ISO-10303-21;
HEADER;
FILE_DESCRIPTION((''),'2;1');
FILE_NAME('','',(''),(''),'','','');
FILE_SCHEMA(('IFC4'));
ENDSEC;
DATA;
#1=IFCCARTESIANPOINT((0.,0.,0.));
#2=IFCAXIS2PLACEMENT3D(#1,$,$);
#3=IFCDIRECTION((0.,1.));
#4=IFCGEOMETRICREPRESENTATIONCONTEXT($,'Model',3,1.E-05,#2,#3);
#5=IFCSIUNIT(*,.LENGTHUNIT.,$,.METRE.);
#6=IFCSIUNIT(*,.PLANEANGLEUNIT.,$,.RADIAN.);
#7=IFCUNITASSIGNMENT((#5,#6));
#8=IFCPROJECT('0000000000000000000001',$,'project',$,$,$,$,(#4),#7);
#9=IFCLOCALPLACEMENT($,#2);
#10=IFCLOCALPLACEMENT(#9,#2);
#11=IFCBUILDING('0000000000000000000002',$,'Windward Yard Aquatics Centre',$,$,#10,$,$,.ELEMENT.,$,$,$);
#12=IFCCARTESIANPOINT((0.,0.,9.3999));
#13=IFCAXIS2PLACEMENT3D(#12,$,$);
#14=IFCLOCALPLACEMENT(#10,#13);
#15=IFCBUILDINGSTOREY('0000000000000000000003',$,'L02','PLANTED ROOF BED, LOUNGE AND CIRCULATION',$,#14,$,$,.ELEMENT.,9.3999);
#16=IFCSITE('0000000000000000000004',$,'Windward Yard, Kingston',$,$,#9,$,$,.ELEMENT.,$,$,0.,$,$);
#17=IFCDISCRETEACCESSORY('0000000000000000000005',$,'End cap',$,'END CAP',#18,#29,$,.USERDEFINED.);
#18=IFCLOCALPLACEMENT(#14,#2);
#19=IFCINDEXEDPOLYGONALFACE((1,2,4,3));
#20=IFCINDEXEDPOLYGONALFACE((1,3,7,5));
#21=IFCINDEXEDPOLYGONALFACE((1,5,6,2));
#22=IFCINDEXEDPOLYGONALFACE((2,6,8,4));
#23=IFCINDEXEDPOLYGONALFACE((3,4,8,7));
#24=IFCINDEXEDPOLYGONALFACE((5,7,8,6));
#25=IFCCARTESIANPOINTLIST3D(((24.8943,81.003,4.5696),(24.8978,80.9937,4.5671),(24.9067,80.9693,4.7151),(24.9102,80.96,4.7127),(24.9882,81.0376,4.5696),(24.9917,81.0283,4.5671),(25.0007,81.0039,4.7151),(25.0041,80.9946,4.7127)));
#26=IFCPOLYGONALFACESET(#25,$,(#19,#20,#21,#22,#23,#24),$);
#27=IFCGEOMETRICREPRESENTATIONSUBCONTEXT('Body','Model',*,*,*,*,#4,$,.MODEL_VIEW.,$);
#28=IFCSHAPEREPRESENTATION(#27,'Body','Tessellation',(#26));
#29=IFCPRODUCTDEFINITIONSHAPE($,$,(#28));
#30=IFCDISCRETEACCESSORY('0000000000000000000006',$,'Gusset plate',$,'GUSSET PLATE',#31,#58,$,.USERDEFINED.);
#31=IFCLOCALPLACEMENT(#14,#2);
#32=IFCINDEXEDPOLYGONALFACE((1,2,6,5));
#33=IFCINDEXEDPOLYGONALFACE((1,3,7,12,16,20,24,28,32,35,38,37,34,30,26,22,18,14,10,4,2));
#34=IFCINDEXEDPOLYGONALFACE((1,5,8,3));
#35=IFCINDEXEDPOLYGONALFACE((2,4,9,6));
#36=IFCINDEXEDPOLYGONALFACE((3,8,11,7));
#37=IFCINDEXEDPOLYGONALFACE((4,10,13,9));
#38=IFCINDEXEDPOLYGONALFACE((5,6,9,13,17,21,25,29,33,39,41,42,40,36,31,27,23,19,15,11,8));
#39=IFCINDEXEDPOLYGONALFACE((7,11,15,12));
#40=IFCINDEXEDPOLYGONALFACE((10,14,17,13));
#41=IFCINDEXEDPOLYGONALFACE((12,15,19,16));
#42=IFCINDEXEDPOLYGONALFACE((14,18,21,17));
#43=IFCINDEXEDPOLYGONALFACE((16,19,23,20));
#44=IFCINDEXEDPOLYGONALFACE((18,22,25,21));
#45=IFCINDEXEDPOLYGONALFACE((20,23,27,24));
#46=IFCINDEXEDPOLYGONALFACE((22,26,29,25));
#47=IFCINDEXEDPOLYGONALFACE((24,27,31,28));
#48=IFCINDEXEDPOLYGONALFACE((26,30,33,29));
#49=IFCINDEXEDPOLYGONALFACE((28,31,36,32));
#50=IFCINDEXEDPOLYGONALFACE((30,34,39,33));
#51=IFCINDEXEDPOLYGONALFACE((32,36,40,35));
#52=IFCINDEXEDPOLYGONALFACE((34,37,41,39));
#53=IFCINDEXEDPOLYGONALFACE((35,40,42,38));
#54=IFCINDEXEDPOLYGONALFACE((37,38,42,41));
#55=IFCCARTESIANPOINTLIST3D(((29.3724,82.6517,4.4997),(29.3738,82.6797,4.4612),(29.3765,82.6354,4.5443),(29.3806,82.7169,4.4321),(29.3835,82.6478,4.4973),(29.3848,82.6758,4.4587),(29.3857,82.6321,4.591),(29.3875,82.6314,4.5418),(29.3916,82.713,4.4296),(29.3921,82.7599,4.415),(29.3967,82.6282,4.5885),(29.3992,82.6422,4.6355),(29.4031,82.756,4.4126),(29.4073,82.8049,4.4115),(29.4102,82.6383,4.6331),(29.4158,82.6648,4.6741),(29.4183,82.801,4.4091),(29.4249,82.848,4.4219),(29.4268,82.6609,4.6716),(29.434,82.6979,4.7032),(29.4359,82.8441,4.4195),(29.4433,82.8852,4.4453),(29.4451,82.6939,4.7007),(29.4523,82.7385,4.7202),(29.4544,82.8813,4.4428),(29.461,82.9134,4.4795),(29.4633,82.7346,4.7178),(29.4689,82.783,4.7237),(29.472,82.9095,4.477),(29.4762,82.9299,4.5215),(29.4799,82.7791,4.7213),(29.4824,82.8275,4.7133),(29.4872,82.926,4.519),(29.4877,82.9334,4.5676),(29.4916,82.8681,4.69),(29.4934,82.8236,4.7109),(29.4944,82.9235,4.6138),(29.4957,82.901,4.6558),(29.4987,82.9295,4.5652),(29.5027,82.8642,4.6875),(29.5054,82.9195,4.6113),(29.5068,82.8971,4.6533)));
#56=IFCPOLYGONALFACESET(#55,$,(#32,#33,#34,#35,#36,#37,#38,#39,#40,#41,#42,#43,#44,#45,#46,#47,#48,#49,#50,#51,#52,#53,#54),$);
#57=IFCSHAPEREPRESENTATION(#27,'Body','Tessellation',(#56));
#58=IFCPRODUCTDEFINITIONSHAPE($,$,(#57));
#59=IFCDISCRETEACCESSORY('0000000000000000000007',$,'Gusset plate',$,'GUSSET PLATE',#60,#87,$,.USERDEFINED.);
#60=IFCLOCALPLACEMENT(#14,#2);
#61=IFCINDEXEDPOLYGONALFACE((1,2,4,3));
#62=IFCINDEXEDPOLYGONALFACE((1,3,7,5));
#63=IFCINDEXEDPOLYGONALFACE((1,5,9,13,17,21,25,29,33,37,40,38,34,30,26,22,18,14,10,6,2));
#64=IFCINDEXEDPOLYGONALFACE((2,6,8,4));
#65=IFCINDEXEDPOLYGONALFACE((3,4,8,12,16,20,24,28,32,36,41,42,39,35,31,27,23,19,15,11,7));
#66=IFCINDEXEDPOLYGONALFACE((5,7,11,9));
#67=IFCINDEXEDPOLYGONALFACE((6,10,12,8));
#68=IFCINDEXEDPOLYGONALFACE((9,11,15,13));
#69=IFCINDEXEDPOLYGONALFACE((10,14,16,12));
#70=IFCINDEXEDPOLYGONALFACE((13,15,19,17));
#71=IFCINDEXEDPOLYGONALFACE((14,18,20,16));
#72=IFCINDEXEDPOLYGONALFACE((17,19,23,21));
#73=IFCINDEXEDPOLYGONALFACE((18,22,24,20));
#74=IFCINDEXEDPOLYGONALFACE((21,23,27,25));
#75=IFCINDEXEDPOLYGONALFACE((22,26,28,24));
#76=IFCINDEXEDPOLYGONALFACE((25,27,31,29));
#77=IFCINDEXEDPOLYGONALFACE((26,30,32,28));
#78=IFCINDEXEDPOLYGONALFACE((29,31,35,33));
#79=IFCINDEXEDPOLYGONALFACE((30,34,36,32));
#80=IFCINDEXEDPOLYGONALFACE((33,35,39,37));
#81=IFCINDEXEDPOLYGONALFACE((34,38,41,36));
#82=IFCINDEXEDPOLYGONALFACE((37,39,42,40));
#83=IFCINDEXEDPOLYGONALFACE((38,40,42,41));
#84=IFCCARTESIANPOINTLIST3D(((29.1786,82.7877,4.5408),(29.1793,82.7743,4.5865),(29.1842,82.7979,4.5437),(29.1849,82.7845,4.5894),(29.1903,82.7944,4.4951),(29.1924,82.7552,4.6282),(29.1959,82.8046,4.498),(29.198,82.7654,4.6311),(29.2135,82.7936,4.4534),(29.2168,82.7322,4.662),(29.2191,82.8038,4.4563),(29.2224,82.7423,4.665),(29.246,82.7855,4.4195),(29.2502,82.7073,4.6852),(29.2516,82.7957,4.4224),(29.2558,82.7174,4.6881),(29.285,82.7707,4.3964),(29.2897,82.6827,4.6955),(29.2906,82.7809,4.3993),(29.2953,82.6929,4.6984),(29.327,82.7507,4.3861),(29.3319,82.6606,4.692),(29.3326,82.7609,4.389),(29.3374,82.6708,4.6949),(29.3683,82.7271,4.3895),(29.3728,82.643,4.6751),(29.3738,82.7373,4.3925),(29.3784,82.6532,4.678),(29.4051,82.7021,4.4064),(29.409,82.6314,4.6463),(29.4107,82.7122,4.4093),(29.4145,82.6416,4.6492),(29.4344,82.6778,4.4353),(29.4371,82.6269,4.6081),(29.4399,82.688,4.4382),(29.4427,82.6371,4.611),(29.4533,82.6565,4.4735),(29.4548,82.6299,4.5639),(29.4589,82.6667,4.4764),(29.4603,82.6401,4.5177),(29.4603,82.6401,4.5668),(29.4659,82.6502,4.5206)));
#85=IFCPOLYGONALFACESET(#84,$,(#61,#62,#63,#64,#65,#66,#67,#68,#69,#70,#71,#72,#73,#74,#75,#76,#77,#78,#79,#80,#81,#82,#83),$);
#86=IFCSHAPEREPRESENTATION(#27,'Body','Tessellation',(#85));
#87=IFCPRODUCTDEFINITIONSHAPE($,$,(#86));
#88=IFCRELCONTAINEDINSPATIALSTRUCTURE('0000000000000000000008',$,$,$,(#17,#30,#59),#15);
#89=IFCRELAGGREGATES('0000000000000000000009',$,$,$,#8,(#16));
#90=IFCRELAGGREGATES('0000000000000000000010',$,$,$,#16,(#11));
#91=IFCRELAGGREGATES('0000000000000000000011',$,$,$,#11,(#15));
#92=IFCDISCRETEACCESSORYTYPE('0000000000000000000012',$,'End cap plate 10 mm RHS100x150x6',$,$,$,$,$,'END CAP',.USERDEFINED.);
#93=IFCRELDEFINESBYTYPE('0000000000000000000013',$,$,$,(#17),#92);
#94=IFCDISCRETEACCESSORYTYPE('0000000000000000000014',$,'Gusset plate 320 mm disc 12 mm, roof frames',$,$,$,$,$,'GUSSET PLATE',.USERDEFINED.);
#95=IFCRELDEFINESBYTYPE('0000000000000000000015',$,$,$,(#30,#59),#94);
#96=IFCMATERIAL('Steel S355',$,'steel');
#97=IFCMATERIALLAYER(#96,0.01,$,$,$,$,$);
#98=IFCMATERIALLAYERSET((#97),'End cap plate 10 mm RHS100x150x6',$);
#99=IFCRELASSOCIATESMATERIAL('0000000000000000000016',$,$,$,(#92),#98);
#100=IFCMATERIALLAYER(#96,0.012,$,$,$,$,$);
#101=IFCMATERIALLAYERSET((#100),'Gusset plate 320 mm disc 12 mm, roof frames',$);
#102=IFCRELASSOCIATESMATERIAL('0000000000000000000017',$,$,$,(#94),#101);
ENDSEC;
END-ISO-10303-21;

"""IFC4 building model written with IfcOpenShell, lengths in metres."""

from ifc_helpers import new_model, si_unit, direction, frame, origin, origin_2d, place, context, subcontext, project, spatial, rectangle, circle, extrude, material, layer, layer_set, type_object, element, save


model = new_model("IFC4")

# Units and contexts
model_context = context("Model", 3, precision=1e-05, world=origin(), true_north=direction((0.0, 1.0)))
body_context = subcontext(model_context, "Body", "Model", "MODEL_VIEW")
ifc_project = project(units=[si_unit("LENGTHUNIT", "METRE"), si_unit("PLANEANGLEUNIT", "RADIAN")], contexts=[model_context])

# Site, building, storey
site_placement = place(None, origin())
site = spatial("IfcSite", under=ifc_project, at=site_placement, Name="Windward Yard, Kingston", CompositionType="ELEMENT", RefElevation=0.0)
building_placement = place(site_placement, origin())
building = spatial("IfcBuilding", under=site, at=building_placement, Name="Windward Yard Aquatics Centre", CompositionType="ELEMENT")
storey_placement = place(building_placement, frame((0.0, 0.0, 9.3999)))
storey = spatial("IfcBuildingStorey", under=building, at=storey_placement, Name="L02", Description="PLANTED ROOF BED, LOUNGE AND CIRCULATION", CompositionType="ELEMENT", Elevation=9.3999)

# Shared definitions
ifc_material_1 = material(Name="Steel S355", Category="steel")

# Discrete accessories
ifc_layer_1 = layer(ifc_material_1, 0.01)
ifc_layer_set_1 = layer_set([ifc_layer_1], Name="End cap plate 10 mm RHS100x150x6")
discrete_accessory_type_1 = type_object("IfcDiscreteAccessoryType", Name="End cap plate 10 mm RHS100x150x6", ElementType="END CAP", PredefinedType="USERDEFINED", material=ifc_layer_set_1)
discrete_accessory_placement = place(storey_placement, frame((24.9509, 80.9941, 4.6399), z_axis=(-0.335624, 0.91098, 0.239732), x_axis=(-0.938343, -0.345705, 0.0)))
element("IfcDiscreteAccessory", 1, at=discrete_accessory_placement, inside=storey, type_object=discrete_accessory_type_1, Name="End cap", ObjectType="END CAP", PredefinedType="USERDEFINED", context=body_context, shape_type="SweptSolid", body=[
    extrude(rectangle(XDim=0.1001, YDim=0.1499, at=origin_2d()), origin(), (0.0, 0.0, 1.0), 0.0103),
])
ifc_layer_2 = layer(ifc_material_1, 0.012)
ifc_layer_set_2 = layer_set([ifc_layer_2], Name="Gusset plate 320 mm disc 12 mm, roof frames")
discrete_accessory_type_2 = type_object("IfcDiscreteAccessoryType", Name="Gusset plate 320 mm disc 12 mm, roof frames", ElementType="GUSSET PLATE", PredefinedType="USERDEFINED", material=ifc_layer_set_2)
for number, where, z_axis, x_axis, name in (
    (2, (29.4341, 82.7827, 4.5676), (0.922216, -0.327899, -0.204937), (0.33501, 0.942215, 0.0), "Gusset plate"),
    (3, (29.3188, 82.7109, 4.5408), (0.465908, 0.850788, 0.243082), (-0.877096, 0.480315, 0.0), "Gusset plate"),
):
    element("IfcDiscreteAccessory", number, at=place(storey_placement, frame(where, z_axis=z_axis, x_axis=x_axis)), inside=storey, type_object=discrete_accessory_type_2, Name=name, ObjectType="GUSSET PLATE", PredefinedType="USERDEFINED", context=body_context, shape_type="SweptSolid", body=[
        extrude(circle(Radius=0.1599, at=origin_2d()), origin(), (0.0, 0.0, 1.0), 0.012),
    ])

save(model, "model.ifc")
